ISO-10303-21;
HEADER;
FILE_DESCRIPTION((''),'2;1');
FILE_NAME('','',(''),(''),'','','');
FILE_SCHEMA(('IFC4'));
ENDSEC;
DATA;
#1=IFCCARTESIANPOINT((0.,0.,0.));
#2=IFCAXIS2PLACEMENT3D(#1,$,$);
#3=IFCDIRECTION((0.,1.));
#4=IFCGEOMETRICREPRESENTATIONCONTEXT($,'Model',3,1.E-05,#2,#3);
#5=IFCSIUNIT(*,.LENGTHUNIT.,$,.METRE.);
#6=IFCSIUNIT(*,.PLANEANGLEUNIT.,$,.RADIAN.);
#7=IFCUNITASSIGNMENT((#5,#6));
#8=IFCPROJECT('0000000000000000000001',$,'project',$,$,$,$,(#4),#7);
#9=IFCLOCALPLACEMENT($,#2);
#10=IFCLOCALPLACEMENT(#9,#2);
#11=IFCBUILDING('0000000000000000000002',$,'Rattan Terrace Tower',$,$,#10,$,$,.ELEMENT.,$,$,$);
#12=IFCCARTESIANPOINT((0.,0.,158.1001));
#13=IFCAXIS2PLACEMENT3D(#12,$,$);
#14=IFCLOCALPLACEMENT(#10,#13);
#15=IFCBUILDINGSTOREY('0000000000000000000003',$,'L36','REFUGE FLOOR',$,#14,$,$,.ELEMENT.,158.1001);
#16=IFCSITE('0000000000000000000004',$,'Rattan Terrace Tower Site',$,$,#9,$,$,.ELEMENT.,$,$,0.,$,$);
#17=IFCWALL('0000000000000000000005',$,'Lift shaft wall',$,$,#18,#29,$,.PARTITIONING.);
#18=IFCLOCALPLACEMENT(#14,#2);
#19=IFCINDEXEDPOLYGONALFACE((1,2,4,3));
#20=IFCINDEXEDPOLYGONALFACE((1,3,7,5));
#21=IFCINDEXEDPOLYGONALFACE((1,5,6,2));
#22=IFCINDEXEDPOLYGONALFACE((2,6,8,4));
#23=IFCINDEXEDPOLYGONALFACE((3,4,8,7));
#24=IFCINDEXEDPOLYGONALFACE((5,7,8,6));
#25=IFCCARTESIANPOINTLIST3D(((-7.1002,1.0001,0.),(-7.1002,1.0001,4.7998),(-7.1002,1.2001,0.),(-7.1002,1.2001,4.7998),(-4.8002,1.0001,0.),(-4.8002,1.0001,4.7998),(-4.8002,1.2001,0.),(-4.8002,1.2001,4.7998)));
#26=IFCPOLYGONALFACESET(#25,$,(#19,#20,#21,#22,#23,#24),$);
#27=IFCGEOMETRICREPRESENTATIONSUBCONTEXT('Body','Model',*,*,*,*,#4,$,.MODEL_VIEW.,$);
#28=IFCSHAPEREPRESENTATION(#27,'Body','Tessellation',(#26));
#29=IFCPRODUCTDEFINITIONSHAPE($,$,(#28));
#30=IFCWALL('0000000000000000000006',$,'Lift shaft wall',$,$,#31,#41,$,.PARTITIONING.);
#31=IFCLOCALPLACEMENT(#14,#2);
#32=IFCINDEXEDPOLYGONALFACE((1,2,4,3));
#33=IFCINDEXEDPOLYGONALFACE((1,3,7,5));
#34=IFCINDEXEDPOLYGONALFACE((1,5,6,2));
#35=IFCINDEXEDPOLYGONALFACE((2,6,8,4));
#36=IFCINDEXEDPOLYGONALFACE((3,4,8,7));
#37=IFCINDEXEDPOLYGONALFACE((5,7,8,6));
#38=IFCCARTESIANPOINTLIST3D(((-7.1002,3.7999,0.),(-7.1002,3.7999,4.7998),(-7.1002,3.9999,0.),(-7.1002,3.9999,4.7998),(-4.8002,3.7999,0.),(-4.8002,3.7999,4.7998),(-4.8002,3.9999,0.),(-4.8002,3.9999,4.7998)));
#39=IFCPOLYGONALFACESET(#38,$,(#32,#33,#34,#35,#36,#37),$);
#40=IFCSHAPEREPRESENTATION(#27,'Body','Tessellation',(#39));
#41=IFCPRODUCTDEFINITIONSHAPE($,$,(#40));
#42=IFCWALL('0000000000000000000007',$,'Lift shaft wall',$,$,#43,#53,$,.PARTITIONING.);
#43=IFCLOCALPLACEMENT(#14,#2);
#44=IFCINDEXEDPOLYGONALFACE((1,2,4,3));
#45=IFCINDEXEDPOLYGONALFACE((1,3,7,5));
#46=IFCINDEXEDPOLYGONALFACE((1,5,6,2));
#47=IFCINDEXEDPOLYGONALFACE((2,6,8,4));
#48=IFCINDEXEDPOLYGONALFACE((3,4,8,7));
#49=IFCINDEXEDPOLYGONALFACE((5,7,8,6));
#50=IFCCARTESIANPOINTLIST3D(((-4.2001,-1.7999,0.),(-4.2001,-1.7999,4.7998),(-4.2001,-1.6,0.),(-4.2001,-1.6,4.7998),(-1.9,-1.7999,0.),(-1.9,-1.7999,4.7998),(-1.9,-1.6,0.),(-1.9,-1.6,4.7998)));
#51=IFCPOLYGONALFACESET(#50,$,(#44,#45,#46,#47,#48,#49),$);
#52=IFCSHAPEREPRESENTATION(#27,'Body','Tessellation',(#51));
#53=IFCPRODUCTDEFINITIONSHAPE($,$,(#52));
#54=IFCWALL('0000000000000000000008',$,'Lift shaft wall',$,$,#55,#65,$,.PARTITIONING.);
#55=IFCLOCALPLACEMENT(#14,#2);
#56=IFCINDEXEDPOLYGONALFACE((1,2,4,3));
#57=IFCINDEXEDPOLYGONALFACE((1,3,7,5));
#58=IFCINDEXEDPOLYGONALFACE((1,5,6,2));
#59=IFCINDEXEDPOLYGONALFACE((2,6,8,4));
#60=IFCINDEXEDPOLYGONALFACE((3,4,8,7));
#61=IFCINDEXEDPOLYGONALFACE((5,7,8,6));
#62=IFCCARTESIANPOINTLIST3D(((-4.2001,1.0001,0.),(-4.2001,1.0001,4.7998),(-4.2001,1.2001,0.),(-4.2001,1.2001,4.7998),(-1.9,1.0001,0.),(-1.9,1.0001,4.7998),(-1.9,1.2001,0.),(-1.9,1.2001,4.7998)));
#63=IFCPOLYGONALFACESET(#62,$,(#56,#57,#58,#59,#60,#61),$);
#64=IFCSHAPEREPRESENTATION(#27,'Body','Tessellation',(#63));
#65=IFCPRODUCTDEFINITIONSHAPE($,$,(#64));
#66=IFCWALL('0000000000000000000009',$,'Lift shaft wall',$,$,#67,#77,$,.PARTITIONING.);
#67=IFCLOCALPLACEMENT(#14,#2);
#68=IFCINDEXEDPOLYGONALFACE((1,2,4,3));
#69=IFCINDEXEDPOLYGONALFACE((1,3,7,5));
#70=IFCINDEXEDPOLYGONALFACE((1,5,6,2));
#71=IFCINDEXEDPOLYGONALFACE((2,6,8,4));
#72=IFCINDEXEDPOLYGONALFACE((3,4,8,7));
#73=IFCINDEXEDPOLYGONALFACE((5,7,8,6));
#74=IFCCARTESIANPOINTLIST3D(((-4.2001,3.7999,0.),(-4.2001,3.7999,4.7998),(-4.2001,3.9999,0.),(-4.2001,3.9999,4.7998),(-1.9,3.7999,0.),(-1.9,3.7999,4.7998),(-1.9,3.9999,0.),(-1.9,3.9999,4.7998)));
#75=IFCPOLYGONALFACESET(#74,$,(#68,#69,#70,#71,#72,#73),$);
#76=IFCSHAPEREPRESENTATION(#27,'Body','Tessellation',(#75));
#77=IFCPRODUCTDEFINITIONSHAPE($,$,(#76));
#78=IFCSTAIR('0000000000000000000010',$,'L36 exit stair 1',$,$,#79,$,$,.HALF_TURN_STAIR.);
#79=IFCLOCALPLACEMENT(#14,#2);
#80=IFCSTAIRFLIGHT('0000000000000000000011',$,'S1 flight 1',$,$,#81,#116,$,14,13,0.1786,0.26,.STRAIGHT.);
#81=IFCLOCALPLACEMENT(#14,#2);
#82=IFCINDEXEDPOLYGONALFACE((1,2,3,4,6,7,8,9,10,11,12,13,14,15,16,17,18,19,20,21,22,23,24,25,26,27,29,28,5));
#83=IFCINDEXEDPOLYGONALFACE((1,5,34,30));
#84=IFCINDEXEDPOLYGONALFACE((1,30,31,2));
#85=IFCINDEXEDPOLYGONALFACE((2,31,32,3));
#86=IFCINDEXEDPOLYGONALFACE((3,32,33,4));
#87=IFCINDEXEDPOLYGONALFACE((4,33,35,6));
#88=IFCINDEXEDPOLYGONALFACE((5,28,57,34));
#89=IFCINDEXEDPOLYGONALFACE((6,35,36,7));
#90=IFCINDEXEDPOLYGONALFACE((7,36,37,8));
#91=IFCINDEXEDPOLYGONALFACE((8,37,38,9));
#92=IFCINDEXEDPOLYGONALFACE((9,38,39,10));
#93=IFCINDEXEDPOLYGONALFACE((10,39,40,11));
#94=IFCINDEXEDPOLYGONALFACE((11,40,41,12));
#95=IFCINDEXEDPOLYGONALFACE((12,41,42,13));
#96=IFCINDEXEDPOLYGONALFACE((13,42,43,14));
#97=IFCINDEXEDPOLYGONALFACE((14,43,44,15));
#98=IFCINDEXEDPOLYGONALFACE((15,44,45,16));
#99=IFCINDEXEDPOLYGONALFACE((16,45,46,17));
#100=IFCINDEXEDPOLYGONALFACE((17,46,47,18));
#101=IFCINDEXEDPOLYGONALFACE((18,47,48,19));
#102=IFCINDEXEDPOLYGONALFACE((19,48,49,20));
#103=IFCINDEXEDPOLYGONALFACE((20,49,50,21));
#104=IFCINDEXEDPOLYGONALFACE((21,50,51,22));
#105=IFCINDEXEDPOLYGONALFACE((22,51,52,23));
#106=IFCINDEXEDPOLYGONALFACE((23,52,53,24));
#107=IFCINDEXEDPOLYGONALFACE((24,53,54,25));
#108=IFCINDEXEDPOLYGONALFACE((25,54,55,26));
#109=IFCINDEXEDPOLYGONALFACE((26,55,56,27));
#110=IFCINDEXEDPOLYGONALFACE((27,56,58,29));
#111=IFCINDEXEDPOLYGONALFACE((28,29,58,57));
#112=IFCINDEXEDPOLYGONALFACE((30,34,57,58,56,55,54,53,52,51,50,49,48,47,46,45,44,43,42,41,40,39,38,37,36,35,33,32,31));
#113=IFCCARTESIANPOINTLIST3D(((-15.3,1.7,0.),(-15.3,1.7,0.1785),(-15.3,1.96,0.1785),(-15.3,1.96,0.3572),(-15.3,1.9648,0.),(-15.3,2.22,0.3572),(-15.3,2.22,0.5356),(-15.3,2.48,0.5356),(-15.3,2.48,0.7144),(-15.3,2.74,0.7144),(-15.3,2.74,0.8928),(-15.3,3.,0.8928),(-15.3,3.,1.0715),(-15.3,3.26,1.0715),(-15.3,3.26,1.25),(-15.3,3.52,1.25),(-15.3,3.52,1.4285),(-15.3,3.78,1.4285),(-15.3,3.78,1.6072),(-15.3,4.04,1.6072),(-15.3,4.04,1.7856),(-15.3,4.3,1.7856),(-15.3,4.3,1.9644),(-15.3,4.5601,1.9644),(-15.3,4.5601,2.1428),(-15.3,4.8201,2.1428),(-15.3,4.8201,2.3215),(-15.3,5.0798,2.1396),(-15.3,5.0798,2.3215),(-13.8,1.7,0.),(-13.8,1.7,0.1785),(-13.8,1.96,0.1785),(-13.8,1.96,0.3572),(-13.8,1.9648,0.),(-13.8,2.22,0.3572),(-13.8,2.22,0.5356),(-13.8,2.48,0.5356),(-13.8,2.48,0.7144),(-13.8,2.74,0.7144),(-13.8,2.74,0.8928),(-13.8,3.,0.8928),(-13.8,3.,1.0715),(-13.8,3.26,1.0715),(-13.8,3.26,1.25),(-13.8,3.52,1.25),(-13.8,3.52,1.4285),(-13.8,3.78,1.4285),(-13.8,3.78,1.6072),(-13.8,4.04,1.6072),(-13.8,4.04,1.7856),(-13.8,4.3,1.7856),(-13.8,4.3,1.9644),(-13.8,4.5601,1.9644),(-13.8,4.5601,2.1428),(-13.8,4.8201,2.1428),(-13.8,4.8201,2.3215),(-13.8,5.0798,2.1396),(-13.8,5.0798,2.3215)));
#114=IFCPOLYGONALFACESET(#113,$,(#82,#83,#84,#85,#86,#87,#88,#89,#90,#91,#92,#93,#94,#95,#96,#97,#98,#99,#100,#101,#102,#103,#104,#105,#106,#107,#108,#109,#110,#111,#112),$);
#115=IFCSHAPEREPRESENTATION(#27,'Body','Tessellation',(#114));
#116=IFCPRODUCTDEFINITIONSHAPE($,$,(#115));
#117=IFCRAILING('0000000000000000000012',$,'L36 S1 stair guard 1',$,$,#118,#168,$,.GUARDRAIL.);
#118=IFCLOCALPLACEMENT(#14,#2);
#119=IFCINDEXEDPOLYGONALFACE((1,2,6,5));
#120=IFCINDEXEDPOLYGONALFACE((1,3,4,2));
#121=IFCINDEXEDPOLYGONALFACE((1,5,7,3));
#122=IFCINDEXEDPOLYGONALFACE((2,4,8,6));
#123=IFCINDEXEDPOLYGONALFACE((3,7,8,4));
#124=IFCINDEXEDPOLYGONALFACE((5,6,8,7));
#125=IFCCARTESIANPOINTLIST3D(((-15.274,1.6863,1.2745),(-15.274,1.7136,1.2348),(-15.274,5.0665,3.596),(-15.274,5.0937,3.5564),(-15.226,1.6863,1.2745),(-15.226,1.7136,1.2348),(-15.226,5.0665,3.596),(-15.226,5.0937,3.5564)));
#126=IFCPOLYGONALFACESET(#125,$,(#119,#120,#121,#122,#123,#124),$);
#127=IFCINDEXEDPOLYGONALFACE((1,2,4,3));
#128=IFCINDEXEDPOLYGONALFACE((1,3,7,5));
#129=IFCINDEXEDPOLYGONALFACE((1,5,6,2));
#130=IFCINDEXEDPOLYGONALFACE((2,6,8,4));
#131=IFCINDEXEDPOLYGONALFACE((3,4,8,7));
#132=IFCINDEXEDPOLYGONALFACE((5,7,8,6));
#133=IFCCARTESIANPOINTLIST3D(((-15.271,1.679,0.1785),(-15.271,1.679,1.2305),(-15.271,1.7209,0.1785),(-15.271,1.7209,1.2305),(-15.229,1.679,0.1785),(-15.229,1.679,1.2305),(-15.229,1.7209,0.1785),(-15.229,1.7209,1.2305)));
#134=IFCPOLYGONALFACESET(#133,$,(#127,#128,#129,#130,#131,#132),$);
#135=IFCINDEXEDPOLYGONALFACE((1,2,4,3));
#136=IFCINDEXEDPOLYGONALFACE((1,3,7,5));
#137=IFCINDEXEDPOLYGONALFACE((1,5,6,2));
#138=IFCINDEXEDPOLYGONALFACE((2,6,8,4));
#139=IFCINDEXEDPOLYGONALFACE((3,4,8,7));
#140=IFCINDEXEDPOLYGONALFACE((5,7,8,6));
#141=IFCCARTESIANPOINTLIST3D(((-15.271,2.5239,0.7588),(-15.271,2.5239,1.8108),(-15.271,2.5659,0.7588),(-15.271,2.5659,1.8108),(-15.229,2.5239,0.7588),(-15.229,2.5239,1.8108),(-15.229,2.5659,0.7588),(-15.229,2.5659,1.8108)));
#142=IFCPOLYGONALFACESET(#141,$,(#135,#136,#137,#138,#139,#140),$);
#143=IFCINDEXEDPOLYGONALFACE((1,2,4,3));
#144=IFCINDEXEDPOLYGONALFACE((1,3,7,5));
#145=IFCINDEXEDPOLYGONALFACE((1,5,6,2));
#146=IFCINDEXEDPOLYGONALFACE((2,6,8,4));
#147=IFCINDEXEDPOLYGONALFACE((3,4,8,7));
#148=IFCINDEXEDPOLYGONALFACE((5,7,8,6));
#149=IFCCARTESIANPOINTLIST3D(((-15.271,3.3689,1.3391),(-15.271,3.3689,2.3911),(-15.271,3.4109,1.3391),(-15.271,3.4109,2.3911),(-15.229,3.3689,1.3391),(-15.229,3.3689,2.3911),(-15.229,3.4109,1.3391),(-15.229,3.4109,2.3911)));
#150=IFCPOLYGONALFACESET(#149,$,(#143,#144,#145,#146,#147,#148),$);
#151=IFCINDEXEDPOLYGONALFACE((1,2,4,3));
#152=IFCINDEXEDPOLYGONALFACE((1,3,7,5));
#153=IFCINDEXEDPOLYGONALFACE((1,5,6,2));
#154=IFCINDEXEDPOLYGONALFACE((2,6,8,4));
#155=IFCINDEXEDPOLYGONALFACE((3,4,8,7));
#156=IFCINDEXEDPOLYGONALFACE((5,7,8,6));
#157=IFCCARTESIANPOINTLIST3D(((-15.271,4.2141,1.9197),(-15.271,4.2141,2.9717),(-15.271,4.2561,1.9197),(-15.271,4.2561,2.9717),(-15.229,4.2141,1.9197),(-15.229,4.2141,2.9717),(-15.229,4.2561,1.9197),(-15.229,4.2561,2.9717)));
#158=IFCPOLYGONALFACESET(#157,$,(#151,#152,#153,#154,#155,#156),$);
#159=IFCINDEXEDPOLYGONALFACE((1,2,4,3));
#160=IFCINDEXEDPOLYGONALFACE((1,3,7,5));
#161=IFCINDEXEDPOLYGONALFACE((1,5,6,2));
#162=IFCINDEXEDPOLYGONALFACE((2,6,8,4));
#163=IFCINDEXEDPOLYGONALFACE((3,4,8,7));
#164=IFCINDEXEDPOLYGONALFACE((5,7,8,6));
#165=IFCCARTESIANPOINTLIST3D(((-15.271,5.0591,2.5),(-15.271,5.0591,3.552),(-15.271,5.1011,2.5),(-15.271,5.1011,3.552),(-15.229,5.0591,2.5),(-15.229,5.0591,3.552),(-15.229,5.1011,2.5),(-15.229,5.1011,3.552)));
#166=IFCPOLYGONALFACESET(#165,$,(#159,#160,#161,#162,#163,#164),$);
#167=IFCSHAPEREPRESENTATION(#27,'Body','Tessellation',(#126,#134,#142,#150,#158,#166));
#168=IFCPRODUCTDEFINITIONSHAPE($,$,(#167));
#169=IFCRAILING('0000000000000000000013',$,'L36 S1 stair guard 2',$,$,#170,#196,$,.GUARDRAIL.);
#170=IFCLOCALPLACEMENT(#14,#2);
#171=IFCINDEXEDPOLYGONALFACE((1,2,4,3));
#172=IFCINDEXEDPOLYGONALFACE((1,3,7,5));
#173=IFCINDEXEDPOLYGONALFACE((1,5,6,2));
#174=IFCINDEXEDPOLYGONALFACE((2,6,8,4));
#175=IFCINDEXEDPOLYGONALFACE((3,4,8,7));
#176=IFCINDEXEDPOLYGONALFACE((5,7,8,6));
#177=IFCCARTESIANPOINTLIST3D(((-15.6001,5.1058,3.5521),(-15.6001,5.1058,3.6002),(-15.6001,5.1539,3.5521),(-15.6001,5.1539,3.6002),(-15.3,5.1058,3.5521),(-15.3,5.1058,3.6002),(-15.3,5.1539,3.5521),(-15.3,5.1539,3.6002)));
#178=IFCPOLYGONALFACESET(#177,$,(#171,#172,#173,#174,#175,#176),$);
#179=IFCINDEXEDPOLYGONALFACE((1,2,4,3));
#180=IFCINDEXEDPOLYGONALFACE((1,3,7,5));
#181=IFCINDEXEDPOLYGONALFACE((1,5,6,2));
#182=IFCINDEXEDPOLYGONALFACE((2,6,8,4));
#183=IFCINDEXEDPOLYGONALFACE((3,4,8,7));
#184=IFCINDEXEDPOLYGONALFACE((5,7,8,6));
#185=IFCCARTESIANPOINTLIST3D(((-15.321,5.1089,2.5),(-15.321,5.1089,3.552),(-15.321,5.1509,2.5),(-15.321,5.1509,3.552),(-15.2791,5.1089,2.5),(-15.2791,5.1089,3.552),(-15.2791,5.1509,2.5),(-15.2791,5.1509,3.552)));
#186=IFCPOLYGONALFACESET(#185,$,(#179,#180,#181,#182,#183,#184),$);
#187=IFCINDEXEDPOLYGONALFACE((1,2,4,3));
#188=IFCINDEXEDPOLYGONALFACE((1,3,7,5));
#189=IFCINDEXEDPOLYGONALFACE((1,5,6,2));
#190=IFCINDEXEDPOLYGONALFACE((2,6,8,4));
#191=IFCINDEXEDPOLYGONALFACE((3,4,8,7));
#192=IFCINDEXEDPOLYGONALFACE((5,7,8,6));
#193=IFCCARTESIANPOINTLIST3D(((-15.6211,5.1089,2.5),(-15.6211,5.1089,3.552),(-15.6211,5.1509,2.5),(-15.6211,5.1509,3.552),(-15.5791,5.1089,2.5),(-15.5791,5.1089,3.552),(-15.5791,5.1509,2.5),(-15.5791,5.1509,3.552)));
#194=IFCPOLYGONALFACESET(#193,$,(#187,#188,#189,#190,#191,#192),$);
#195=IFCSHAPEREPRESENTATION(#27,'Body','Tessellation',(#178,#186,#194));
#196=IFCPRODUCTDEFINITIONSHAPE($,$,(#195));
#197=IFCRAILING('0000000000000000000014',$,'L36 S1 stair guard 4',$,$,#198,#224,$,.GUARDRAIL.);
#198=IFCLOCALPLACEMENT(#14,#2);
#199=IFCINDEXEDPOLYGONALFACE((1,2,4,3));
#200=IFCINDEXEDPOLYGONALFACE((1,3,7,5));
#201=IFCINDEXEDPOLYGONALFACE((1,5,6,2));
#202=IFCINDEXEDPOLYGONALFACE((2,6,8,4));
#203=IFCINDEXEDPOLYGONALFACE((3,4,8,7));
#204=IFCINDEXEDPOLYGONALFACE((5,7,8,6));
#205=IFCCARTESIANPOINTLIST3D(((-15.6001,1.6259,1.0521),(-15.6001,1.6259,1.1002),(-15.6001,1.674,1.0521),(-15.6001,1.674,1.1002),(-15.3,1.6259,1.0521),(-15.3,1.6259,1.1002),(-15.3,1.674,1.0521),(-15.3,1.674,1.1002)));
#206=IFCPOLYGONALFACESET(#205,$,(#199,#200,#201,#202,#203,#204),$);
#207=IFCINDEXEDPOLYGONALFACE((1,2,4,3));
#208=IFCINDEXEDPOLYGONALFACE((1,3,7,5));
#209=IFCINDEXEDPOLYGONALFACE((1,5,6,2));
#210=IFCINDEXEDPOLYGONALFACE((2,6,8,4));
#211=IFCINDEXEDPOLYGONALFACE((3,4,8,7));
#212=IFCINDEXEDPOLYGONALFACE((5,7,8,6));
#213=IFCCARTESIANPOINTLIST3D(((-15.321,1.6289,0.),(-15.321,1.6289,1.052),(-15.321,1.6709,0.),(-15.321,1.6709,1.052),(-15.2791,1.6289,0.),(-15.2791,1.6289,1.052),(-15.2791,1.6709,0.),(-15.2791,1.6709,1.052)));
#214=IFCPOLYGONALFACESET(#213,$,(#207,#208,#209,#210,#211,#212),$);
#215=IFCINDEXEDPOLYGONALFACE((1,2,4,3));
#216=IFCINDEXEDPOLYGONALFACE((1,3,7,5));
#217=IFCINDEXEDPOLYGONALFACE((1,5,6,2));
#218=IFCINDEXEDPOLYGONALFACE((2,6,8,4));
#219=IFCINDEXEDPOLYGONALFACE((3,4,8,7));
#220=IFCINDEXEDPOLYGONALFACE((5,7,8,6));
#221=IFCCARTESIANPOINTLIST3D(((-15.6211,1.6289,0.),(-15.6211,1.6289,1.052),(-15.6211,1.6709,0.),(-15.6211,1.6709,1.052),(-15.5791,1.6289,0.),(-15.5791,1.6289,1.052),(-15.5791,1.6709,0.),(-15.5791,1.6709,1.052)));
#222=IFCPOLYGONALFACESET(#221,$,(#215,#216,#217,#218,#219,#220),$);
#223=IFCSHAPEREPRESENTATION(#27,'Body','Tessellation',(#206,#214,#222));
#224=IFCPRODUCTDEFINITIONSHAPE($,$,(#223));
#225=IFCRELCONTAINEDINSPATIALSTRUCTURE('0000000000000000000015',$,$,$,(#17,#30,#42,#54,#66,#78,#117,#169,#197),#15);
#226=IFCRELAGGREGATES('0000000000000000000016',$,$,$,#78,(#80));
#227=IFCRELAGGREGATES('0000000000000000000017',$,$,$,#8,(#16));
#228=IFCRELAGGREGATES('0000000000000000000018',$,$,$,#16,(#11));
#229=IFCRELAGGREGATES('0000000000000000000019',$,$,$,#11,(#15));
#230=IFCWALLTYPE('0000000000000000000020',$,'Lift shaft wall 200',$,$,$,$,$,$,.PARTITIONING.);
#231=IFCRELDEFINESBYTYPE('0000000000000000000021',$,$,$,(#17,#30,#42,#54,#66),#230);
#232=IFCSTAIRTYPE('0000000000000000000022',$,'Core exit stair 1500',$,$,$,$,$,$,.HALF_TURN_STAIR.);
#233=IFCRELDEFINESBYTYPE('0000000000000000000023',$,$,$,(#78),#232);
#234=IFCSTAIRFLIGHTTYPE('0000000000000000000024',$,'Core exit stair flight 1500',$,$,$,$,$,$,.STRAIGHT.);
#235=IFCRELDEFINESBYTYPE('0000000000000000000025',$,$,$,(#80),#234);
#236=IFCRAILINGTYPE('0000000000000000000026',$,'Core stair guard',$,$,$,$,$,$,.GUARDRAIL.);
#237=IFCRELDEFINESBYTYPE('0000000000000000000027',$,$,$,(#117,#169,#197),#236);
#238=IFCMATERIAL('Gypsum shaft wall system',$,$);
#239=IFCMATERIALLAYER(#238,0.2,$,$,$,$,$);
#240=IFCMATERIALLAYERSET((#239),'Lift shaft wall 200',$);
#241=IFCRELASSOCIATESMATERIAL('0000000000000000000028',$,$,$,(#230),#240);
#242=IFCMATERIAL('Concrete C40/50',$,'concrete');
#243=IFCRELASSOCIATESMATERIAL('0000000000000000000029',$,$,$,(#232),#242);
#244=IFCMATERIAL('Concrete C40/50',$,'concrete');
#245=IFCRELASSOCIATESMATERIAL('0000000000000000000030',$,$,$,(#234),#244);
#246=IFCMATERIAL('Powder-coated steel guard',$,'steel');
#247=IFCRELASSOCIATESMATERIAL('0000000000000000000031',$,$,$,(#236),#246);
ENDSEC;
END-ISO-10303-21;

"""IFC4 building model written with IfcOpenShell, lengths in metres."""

from ifc_helpers import new_model, si_unit, direction, frame, frame_2d, origin, origin_2d, place, context, subcontext, project, spatial, polyline, rectangle, outline, extrude, material, layer, layer_set, type_object, element, aggregate, save


model = new_model("IFC4")

# Units and contexts
model_context = context("Model", 3, precision=1e-05, world=origin(), true_north=direction((0.0, 1.0)))
body_context = subcontext(model_context, "Body", "Model", "MODEL_VIEW")
ifc_project = project(units=[si_unit("LENGTHUNIT", "METRE"), si_unit("PLANEANGLEUNIT", "RADIAN")], contexts=[model_context])

# Site, building, storey
site_placement = place(None, origin())
site = spatial("IfcSite", under=ifc_project, at=site_placement, Name="Rattan Terrace Tower Site", CompositionType="ELEMENT", RefElevation=0.0)
building_placement = place(site_placement, origin())
building = spatial("IfcBuilding", under=site, at=building_placement, Name="Rattan Terrace Tower", CompositionType="ELEMENT")
storey_placement = place(building_placement, frame((0.0, 0.0, 158.1001)))
storey = spatial("IfcBuildingStorey", under=building, at=storey_placement, Name="L36", Description="REFUGE FLOOR", CompositionType="ELEMENT", Elevation=158.1001)

# Walls
ifc_material_1 = material(Name="Gypsum shaft wall system")
ifc_layer_1 = layer(ifc_material_1, 0.2)
ifc_layer_set_1 = layer_set([ifc_layer_1], Name="Lift shaft wall 200")
wall_type = type_object("IfcWallType", Name="Lift shaft wall 200", PredefinedType="PARTITIONING", material=ifc_layer_set_1)
for number, where, z_axis, x_axis, name in (
    (1, (-7.1001, 1.1001, 0.0), (0.0, 0.0, 1.0), (1.0, 0.0, 0.0), "Lift shaft wall"),
    (2, (-7.1001, 3.8999, 0.0), (0.0, 0.0, 1.0), (1.0, 0.0, 0.0), "Lift shaft wall"),
    (3, (-4.2, -1.7, 0.0), (0.0, 0.0, 1.0), (1.0, 0.0, 0.0), "Lift shaft wall"),
    (4, (-4.2, 1.1001, 0.0), (0.0, 0.0, 1.0), (1.0, 0.0, 0.0), "Lift shaft wall"),
    (5, (-4.2, 3.8999, 0.0), (0.0, 0.0, 1.0), (1.0, 0.0, 0.0), "Lift shaft wall"),
):
    element("IfcWall", number, at=place(storey_placement, frame(where, z_axis=z_axis, x_axis=x_axis)), inside=storey, type_object=wall_type, Name=name, PredefinedType="PARTITIONING", context=body_context, shape_type="SweptSolid", body=[
        extrude(rectangle(XDim=2.3, YDim=0.2, at=frame_2d((1.1499, 0.0))), origin(), (0.0, 0.0, 1.0), 4.7998),
    ])

# Stair, stair flight
ifc_material_2 = material(Name="Concrete C40/50", Category="concrete")
stair_type = type_object("IfcStairType", Name="Core exit stair 1500", PredefinedType="HALF_TURN_STAIR", material=ifc_material_2)
stair_placement = place(storey_placement, origin())
stair = element("IfcStair", 6, at=stair_placement, inside=storey, type_object=stair_type, Name="L36 exit stair 1", PredefinedType="HALF_TURN_STAIR")
ifc_material_3 = material(Name="Concrete C40/50", Category="concrete")
stair_flight_type = type_object("IfcStairFlightType", Name="Core exit stair flight 1500", PredefinedType="STRAIGHT", material=ifc_material_3)
stair_flight_placement = place(storey_placement, frame((-14.55, 1.7, 0.0), z_axis=(0.0, 0.0, 1.0), x_axis=(0.0, 1.0, 0.0)))
stair_flight = element("IfcStairFlight", 7, at=stair_flight_placement, type_object=stair_flight_type, Name="S1 flight 1", NumberOfRisers=14, NumberOfTreads=13, PredefinedType="STRAIGHT", RiserHeight=0.1786, TreadLength=0.26, context=body_context, shape_type="SweptSolid", body=[
    extrude(outline(polyline([(0.0, 0.0), (0.0, 0.1785), (0.26, 0.1785), (0.26, 0.3572), (0.52, 0.3572), (0.52, 0.5356), (0.78, 0.5356), (0.78, 0.7144), (1.04, 0.7144), (1.04, 0.8928), (1.3, 0.8928), (1.3, 1.0715), (1.5601, 1.0715), (1.5601, 1.25), (1.8201, 1.25), (1.8201, 1.4285), (2.0801, 1.4285), (2.0801, 1.6072), (2.3401, 1.6072), (2.3401, 1.7856), (2.6001, 1.7856), (2.6001, 1.9644), (2.8601, 1.9644), (2.8601, 2.1428), (3.1201, 2.1428), (3.1201, 2.3215), (3.3799, 2.3215), (3.3799, 2.5), (3.3799, 2.1396), (0.2649, 0.0), (0.0, 0.0)])), frame((0.0, 0.75, 0.0), z_axis=(0.0, -1.0, 0.0), x_axis=(1.0, 0.0, 0.0)), (0.0, 0.0, 1.0), 1.5),
])
aggregate(stair, [stair_flight])

# Railings
ifc_material_4 = material(Name="Powder-coated steel guard", Category="steel")
railing_type_1 = type_object("IfcRailingType", Name="Core stair guard", PredefinedType="GUARDRAIL", material=ifc_material_4)
railing_1_placement = place(storey_placement, frame((-15.25, 1.7, 0.1785)))
element("IfcRailing", 8, at=railing_1_placement, inside=storey, type_object=railing_type_1, Name="L36 S1 stair guard 1", PredefinedType="GUARDRAIL", context=body_context, shape_type="SweptSolid", body=[
    extrude(rectangle(XDim=0.0481, YDim=0.0481, at=origin_2d()), frame((0.0, 0.0, 1.0762), z_axis=(0.0, 0.824304, 0.566147), x_axis=(-1.0, 0.0, 0.0)), (0.0, 0.0, 1.0), 4.1006),
    extrude(rectangle(XDim=0.042, YDim=0.042, at=origin_2d()), origin(), (0.0, 0.0, 1.0), 1.052),
    extrude(rectangle(XDim=0.042, YDim=0.042, at=origin_2d()), frame((0.0, 0.845, 0.5803)), (0.0, 0.0, 1.0), 1.052),
    extrude(rectangle(XDim=0.042, YDim=0.042, at=origin_2d()), frame((0.0, 1.6899, 1.1606)), (0.0, 0.0, 1.0), 1.052),
    extrude(rectangle(XDim=0.042, YDim=0.042, at=origin_2d()), frame((0.0, 2.5352, 1.7412)), (0.0, 0.0, 1.0), 1.052),
    extrude(rectangle(XDim=0.042, YDim=0.042, at=origin_2d()), frame((0.0, 3.3801, 2.3215)), (0.0, 0.0, 1.0), 1.052),
])
for number, where, name in (
    (9, (-15.3, 5.1299, 2.5), "L36 S1 stair guard 2"),
    (10, (-15.3, 1.6499, 0.0), "L36 S1 stair guard 4"),
):
    element("IfcRailing", number, at=place(storey_placement, frame(where)), inside=storey, type_object=railing_type_1, Name=name, PredefinedType="GUARDRAIL", context=body_context, shape_type="SweptSolid", body=[
        extrude(rectangle(XDim=0.0481, YDim=0.0481, at=origin_2d()), frame((0.0, 0.0, 1.0762), z_axis=(-1.0, 0.0, 0.0), x_axis=(0.0, -1.0, 0.0)), (0.0, 0.0, 1.0), 0.3),
        extrude(rectangle(XDim=0.042, YDim=0.042, at=origin_2d()), origin(), (0.0, 0.0, 1.0), 1.052),
        extrude(rectangle(XDim=0.042, YDim=0.042, at=origin_2d()), frame((-0.3, 0.0, 0.0)), (0.0, 0.0, 1.0), 1.052),
    ])

save(model, "model.ifc")
